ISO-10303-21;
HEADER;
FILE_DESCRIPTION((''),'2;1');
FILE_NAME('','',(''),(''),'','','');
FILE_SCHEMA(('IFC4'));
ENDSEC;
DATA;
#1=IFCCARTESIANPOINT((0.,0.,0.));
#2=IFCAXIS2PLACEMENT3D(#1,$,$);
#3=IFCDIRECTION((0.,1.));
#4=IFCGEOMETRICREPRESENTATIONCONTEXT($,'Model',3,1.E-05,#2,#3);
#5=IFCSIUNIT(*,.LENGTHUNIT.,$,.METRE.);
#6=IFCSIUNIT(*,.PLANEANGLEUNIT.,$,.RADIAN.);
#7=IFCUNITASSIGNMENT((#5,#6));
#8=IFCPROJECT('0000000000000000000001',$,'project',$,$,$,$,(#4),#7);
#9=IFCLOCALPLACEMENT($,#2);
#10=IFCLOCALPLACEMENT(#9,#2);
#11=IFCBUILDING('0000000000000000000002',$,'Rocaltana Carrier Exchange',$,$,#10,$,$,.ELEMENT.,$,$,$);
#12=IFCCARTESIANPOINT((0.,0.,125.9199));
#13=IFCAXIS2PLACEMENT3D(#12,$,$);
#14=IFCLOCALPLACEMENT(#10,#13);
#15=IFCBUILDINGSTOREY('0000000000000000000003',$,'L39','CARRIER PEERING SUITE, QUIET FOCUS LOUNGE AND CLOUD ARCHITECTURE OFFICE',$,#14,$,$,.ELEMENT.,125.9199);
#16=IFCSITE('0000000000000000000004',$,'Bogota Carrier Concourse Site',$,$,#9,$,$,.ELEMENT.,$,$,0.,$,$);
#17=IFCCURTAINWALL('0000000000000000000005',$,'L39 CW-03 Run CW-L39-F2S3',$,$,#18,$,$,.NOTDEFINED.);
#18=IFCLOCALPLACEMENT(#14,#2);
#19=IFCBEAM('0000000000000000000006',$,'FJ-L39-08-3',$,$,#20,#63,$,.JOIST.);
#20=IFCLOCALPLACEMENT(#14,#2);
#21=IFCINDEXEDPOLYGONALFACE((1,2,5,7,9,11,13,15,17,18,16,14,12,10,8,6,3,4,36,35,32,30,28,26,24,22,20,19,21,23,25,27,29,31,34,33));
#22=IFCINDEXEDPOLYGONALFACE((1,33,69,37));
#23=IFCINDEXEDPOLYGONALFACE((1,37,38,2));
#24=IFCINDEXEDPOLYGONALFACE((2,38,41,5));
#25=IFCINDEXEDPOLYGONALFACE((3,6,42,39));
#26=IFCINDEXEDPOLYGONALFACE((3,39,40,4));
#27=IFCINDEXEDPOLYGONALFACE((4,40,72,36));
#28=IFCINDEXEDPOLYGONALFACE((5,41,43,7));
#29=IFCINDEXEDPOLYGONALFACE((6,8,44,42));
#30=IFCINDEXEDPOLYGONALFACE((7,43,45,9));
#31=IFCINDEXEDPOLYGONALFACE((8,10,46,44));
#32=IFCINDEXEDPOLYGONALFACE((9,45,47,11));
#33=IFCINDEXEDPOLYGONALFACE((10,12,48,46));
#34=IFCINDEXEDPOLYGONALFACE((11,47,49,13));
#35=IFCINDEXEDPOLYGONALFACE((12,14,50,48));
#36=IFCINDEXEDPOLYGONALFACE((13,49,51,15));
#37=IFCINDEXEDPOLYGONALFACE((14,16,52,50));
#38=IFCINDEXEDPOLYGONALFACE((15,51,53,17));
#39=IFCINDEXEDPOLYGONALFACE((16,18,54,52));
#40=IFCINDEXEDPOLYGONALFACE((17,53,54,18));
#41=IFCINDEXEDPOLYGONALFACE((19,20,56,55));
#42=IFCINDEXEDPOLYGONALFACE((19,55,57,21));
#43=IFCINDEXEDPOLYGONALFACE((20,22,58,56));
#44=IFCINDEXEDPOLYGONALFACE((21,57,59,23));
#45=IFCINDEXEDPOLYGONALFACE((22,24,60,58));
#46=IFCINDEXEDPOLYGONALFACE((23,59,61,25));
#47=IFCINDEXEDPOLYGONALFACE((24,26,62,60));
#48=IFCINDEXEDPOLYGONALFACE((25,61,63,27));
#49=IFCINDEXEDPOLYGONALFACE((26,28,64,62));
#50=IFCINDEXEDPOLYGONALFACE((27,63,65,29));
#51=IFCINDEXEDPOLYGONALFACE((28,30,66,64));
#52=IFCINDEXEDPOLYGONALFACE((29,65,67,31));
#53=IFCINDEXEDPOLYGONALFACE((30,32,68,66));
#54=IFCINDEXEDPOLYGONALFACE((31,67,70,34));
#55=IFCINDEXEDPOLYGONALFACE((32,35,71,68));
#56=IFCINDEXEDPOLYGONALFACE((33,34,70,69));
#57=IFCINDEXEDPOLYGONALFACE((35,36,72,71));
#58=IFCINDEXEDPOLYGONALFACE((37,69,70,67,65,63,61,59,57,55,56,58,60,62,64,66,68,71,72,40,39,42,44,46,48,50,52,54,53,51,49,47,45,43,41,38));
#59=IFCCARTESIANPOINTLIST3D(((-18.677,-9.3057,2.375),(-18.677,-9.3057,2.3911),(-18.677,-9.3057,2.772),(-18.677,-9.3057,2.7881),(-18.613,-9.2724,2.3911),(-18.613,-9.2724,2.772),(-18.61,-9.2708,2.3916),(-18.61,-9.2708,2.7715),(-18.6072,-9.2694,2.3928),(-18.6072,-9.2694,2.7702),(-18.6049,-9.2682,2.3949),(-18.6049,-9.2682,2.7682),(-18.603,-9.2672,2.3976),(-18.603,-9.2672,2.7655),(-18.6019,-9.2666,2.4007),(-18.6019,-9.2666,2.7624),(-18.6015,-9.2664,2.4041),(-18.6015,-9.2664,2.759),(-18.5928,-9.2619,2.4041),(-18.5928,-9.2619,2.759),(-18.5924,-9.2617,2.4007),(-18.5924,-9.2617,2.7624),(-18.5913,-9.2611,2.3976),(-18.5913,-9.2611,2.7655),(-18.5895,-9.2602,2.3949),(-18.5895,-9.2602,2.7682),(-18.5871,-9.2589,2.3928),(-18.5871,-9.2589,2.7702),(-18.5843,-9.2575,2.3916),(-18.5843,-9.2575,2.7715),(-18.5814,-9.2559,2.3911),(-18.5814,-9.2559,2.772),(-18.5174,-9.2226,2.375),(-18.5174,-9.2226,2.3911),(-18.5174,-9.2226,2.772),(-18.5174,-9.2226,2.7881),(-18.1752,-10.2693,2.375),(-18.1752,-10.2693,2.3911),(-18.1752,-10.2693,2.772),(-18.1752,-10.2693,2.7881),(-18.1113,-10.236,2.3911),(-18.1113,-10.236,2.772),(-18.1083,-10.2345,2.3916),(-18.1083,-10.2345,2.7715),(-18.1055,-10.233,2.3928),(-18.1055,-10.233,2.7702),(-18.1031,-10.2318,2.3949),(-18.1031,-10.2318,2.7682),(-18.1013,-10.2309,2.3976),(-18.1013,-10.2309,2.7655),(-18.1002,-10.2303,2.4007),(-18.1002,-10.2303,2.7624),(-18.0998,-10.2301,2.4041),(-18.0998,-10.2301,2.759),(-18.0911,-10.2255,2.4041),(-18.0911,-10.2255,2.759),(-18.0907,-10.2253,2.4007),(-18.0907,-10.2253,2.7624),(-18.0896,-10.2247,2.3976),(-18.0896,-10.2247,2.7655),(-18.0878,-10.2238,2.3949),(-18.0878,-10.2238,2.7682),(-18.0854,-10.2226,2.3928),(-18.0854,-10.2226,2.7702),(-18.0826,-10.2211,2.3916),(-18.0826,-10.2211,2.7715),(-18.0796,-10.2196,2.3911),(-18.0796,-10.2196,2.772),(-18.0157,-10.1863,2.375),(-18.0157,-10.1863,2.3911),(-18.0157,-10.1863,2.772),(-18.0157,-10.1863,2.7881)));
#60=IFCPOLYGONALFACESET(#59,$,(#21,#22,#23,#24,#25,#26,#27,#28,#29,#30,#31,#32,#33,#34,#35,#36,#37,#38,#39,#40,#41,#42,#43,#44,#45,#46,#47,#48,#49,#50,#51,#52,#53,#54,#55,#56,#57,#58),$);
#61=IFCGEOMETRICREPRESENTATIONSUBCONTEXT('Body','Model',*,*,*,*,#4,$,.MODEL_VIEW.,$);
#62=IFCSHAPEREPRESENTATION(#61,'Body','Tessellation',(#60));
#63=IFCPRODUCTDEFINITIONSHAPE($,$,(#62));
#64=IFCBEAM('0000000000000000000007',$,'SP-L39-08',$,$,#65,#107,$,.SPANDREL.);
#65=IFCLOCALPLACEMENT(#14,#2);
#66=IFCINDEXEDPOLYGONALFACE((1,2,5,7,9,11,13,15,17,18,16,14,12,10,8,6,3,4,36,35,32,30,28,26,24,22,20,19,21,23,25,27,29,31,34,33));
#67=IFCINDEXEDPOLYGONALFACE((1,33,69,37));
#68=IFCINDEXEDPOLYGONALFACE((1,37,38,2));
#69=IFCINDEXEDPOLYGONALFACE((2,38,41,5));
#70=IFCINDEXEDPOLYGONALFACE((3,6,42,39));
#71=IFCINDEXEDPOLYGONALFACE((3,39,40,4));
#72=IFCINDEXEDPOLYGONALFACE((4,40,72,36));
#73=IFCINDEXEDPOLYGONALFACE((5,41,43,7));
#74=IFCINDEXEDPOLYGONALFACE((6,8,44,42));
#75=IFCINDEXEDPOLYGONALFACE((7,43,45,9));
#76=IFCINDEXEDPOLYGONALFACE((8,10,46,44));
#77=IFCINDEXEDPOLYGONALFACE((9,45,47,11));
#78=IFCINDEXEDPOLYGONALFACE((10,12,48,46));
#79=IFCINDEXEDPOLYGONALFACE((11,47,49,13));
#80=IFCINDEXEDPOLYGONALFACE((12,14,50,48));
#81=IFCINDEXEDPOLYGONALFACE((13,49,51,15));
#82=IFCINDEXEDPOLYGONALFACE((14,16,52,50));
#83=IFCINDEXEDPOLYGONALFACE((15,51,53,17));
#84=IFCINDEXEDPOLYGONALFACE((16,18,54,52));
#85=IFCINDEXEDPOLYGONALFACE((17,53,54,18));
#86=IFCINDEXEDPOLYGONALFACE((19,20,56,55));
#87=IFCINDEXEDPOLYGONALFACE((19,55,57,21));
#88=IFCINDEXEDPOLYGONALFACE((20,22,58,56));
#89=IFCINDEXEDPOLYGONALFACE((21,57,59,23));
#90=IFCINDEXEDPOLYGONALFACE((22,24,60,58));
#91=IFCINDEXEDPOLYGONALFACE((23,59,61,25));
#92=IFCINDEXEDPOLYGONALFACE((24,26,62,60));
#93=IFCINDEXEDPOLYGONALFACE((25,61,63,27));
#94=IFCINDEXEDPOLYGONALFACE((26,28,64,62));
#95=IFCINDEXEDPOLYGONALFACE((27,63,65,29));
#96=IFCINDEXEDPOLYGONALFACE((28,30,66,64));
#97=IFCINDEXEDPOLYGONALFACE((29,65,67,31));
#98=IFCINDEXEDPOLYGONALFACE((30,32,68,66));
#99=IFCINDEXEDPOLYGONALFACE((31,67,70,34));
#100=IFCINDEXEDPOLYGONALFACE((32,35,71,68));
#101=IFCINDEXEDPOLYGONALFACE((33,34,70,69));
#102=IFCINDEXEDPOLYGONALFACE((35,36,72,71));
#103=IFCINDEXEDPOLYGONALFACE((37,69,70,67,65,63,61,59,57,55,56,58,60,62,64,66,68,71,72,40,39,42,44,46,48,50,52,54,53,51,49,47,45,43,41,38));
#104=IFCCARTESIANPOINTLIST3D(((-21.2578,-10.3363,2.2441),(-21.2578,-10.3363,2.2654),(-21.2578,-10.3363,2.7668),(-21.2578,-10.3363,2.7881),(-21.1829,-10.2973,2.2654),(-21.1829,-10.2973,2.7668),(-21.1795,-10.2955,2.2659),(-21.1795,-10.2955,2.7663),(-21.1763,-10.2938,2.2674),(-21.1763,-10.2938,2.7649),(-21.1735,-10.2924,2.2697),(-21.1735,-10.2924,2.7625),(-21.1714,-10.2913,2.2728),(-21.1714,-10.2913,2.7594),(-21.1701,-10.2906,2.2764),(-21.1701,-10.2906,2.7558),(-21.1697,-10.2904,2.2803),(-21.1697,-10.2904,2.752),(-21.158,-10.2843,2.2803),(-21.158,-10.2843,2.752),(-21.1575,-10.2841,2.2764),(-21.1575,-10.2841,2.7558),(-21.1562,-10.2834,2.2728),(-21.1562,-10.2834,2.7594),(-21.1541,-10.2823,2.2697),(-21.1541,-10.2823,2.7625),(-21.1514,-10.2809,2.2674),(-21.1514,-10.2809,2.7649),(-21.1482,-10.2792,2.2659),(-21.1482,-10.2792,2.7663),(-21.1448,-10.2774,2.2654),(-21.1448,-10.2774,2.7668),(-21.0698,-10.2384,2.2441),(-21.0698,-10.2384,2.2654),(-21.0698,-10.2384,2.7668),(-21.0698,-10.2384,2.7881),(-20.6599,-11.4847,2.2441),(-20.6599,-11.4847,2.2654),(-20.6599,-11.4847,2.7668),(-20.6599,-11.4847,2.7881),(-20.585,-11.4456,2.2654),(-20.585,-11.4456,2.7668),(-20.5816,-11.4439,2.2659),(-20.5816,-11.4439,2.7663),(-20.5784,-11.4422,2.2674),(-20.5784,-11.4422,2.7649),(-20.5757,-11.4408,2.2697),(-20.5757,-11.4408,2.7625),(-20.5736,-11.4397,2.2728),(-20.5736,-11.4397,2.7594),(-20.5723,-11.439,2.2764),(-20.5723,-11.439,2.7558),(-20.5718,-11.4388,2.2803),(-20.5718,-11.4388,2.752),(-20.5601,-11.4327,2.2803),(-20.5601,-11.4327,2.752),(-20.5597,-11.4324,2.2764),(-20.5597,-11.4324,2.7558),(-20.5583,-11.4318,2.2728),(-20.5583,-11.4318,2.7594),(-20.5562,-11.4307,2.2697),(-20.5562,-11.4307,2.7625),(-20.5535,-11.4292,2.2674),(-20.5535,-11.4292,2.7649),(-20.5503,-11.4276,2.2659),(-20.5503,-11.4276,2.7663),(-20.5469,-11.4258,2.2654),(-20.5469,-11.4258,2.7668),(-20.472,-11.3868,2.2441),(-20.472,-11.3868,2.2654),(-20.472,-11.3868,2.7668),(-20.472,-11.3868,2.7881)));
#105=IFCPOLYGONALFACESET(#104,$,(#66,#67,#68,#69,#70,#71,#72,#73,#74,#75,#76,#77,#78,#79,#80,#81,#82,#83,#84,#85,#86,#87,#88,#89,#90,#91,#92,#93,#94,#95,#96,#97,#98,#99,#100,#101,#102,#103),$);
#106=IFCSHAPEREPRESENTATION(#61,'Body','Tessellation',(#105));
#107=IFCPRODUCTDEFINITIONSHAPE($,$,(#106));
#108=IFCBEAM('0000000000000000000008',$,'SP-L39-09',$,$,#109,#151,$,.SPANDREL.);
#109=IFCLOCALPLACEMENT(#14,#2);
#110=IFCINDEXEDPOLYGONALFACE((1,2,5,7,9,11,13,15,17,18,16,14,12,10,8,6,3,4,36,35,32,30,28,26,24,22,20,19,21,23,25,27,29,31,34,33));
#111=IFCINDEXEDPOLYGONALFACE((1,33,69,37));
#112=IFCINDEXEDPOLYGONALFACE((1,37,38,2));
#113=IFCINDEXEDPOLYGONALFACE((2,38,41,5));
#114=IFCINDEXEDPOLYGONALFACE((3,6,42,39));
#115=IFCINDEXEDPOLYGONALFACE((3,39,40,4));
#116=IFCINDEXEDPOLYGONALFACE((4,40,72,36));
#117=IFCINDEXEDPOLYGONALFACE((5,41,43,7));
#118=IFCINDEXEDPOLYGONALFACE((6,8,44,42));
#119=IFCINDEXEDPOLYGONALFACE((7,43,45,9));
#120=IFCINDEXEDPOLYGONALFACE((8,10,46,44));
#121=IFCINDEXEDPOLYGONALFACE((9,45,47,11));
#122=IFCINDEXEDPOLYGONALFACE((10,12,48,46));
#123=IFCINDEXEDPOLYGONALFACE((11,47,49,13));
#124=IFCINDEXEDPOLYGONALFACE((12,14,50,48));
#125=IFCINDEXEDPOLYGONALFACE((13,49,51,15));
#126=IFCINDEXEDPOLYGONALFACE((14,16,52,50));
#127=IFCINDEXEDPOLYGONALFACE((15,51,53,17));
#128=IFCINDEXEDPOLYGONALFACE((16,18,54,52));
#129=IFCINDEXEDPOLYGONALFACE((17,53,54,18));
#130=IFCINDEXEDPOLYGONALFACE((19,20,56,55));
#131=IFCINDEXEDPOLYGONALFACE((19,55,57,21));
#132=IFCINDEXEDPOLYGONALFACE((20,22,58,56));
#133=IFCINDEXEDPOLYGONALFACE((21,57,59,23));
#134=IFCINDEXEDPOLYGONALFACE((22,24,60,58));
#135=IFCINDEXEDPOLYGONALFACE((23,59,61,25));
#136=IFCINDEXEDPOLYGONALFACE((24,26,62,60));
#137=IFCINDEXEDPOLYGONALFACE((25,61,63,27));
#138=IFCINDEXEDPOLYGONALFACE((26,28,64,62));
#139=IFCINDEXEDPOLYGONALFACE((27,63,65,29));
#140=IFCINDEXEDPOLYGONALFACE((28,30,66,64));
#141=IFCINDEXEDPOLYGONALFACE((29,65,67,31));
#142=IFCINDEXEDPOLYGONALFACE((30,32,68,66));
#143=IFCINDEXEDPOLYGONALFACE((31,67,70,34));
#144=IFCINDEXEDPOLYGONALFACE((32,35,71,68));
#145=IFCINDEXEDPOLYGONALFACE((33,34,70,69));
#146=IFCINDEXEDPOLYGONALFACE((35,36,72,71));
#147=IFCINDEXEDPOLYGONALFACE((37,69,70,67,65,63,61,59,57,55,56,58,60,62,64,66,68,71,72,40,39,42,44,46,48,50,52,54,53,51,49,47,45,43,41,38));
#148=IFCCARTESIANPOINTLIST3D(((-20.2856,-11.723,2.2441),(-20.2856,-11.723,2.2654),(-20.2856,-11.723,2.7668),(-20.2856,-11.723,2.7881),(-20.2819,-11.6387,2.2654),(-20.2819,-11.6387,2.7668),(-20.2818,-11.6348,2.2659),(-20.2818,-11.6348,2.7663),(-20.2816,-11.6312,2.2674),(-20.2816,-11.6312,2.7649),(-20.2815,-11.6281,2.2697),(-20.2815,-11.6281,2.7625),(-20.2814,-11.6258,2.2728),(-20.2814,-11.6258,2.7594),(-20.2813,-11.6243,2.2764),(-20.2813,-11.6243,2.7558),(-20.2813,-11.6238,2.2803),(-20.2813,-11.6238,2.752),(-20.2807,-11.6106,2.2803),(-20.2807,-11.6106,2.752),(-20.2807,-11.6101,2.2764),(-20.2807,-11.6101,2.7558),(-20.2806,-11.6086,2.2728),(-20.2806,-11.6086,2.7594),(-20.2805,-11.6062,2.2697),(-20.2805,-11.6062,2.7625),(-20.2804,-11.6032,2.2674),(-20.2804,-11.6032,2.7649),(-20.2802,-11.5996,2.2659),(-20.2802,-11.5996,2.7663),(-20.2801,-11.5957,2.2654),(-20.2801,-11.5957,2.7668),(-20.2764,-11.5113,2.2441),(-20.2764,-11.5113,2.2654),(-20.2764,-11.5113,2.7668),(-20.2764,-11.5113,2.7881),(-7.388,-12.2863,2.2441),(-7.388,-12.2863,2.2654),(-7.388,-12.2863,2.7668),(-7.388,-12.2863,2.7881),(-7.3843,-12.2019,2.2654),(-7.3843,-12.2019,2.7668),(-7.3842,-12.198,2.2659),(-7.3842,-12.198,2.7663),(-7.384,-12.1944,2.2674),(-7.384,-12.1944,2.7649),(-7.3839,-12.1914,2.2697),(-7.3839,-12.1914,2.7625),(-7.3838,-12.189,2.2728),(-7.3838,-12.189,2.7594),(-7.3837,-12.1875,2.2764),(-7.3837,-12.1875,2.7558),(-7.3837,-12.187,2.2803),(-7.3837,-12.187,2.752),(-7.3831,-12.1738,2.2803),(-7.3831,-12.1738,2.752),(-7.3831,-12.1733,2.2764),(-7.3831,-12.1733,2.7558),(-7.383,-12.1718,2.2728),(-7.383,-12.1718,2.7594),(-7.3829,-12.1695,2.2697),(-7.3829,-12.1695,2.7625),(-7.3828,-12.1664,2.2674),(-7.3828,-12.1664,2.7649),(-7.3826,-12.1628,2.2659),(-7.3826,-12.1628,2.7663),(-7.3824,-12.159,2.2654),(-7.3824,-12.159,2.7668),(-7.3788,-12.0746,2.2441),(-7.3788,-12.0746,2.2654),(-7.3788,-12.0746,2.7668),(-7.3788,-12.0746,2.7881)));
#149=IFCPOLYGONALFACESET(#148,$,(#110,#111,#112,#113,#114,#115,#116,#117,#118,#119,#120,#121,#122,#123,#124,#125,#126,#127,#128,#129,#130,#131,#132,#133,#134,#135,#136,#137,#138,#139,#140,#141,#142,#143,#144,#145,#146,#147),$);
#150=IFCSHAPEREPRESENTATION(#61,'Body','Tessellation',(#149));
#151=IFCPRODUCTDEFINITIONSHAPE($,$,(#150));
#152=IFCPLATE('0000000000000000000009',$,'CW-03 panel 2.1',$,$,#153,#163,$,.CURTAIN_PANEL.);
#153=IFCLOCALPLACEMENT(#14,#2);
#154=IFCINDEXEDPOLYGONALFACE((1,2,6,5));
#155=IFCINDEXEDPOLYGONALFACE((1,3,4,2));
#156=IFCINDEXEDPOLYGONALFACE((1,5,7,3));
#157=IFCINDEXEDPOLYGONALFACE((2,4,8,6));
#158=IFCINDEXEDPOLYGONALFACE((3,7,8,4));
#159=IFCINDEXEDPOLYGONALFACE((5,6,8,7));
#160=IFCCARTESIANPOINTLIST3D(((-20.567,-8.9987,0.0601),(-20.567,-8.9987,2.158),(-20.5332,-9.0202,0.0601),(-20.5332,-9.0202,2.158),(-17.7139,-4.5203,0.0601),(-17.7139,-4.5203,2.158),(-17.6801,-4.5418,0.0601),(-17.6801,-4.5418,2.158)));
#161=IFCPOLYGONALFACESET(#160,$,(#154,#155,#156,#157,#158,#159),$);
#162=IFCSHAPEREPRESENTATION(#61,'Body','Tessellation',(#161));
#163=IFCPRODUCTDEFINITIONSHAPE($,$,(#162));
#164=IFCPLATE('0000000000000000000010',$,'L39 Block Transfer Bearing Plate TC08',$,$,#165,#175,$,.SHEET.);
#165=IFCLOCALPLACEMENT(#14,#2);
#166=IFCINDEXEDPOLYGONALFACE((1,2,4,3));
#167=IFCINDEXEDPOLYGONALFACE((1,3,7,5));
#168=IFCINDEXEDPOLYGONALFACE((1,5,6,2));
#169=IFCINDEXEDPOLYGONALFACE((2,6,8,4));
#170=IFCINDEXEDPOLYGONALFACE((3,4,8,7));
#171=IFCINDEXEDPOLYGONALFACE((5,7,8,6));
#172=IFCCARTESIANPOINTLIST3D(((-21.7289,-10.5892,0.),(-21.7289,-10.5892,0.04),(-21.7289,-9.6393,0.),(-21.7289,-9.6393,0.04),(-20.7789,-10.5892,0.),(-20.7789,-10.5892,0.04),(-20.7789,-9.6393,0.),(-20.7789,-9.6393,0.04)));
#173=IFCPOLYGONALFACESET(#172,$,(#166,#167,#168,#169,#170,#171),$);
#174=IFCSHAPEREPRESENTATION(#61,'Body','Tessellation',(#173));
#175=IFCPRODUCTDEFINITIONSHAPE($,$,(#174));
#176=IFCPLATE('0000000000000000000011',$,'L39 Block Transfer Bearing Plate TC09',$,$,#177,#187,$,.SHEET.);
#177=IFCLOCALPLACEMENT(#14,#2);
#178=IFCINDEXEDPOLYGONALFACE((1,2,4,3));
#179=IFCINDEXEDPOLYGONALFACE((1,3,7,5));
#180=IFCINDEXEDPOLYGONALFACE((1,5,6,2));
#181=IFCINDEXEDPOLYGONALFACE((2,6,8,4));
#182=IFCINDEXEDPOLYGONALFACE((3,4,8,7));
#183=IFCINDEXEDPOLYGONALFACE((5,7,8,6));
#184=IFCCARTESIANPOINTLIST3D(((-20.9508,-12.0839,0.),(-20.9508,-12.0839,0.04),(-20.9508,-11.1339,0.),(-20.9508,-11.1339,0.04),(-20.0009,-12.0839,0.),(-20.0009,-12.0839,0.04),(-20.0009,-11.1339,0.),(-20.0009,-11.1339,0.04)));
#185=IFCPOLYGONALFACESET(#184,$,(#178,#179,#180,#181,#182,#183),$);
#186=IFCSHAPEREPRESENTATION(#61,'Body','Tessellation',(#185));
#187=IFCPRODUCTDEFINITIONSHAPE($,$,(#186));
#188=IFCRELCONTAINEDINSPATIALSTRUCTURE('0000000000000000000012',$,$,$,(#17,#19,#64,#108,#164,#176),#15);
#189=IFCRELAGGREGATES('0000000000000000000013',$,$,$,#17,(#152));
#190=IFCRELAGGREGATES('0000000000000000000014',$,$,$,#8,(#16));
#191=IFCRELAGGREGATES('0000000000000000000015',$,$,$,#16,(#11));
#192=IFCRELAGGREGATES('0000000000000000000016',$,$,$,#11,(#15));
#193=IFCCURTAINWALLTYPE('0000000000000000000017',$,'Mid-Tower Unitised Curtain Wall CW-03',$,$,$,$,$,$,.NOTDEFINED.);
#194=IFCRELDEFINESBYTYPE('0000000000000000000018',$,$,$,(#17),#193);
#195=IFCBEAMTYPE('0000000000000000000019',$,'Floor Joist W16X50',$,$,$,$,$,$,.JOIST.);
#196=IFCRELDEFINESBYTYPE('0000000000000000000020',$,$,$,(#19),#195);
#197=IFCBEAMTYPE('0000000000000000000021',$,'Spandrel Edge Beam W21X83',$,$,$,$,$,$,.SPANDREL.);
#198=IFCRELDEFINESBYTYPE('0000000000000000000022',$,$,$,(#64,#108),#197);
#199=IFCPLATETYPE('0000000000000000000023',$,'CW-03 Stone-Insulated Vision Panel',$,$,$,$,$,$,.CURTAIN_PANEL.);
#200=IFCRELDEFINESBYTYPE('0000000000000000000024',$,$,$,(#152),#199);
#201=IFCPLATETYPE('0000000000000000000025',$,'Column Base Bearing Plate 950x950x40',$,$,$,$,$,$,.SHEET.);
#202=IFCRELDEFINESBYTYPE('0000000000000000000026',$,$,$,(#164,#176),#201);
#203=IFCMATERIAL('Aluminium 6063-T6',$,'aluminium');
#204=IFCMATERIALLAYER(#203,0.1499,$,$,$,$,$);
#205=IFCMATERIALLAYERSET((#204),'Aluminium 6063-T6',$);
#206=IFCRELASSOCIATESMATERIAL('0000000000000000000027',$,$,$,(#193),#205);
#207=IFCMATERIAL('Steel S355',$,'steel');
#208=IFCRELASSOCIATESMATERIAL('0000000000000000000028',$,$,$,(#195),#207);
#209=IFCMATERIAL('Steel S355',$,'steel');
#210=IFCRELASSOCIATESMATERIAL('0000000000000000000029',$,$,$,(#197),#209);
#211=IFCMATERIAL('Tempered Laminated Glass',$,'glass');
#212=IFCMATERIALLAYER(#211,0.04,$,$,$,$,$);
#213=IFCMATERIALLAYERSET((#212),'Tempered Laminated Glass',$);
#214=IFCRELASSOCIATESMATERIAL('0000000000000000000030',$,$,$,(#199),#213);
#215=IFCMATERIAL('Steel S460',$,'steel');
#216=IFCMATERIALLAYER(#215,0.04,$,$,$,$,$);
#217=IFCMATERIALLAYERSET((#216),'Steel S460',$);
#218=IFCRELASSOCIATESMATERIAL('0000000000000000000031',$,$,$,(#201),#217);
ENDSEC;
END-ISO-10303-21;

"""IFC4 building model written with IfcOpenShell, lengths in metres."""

from ifc_helpers import new_model, si_unit, direction, frame, origin, origin_2d, place, context, subcontext, project, spatial, rectangle, i_section, extrude, material, layer, layer_set, material_profile, profile_set, type_object, element, aggregate, save


model = new_model("IFC4")

# Units and contexts
model_context = context("Model", 3, precision=1e-05, world=origin(), true_north=direction((0.0, 1.0)))
body_context = subcontext(model_context, "Body", "Model", "MODEL_VIEW")
ifc_project = project(units=[si_unit("LENGTHUNIT", "METRE"), si_unit("PLANEANGLEUNIT", "RADIAN")], contexts=[model_context])

# Site, building, storey
site_placement = place(None, origin())
site = spatial("IfcSite", under=ifc_project, at=site_placement, Name="Bogota Carrier Concourse Site", CompositionType="ELEMENT", RefElevation=0.0)
building_placement = place(site_placement, origin())
building = spatial("IfcBuilding", under=site, at=building_placement, Name="Rocaltana Carrier Exchange", CompositionType="ELEMENT")
storey_placement = place(building_placement, frame((0.0, 0.0, 125.9199)))
storey = spatial("IfcBuildingStorey", under=building, at=storey_placement, Name="L39", Description="CARRIER PEERING SUITE, QUIET FOCUS LOUNGE AND CLOUD ARCHITECTURE OFFICE", CompositionType="ELEMENT", Elevation=125.9199)

# Curtain wall
ifc_material_1 = material(Name="Aluminium 6063-T6", Category="aluminium")
ifc_layer_1 = layer(ifc_material_1, 0.1499)
ifc_layer_set_1 = layer_set([ifc_layer_1], Name="Aluminium 6063-T6")
curtain_wall_type = type_object("IfcCurtainWallType", Name="Mid-Tower Unitised Curtain Wall CW-03", PredefinedType="NOTDEFINED", material=ifc_layer_set_1)
curtain_wall_1_placement = place(storey_placement, origin())
curtain_wall_1 = element("IfcCurtainWall", 1, at=curtain_wall_1_placement, inside=storey, type_object=curtain_wall_type, Name="L39 CW-03 Run CW-L39-F2S3", PredefinedType="NOTDEFINED")

# Beams
ifc_material_2 = material(Name="Steel S355", Category="steel")
ifc_material_profile_1 = material_profile(ifc_material_2, i_section(OverallWidth=0.1799, OverallDepth=0.4131, WebThickness=0.0098, FlangeThickness=0.0161, FilletRadius=0.0129, at=origin_2d()), Name="W16X50")
ifc_profile_set_1 = profile_set([ifc_material_profile_1], Name="Steel S355")
beam_type_1 = type_object("IfcBeamType", Name="Floor Joist W16X50", PredefinedType="JOIST", material=ifc_profile_set_1)
beam_1_placement = place(storey_placement, frame((-18.5972, -9.2642, 2.5815), z_axis=(0.461806, -0.886981, 0.0), x_axis=(0.886981, 0.461806, 0.0)))
element("IfcBeam", 2, at=beam_1_placement, inside=storey, type_object=beam_type_1, Name="FJ-L39-08-3", PredefinedType="JOIST", context=body_context, shape_type="SweptSolid", body=[
    extrude(i_section(OverallWidth=0.1799, OverallDepth=0.4131, WebThickness=0.0098, FlangeThickness=0.0161, FilletRadius=0.0129, at=origin_2d()), origin(), (0.0, 0.0, 1.0), 1.0864),
])
ifc_material_3 = material(Name="Steel S355", Category="steel")
ifc_material_profile_2 = material_profile(ifc_material_3, i_section(OverallWidth=0.2119, OverallDepth=0.5439, WebThickness=0.0132, FlangeThickness=0.0212, FilletRadius=0.0149, at=origin_2d()), Name="W21X83")
ifc_profile_set_2 = profile_set([ifc_material_profile_2], Name="Steel S355")
beam_type_2 = type_object("IfcBeamType", Name="Spandrel Edge Beam W21X83", PredefinedType="SPANDREL", material=ifc_profile_set_2)
beam_2_placement = place(storey_placement, frame((-21.1638, -10.2874, 2.5161), z_axis=(0.461786, -0.886991, 0.0), x_axis=(0.886991, 0.461786, 0.0)))
element("IfcBeam", 3, at=beam_2_placement, inside=storey, type_object=beam_type_2, Name="SP-L39-08", PredefinedType="SPANDREL", context=body_context, shape_type="SweptSolid", body=[
    extrude(i_section(OverallWidth=0.2119, OverallDepth=0.5439, WebThickness=0.0132, FlangeThickness=0.0212, FilletRadius=0.0149, at=origin_2d()), origin(), (0.0, 0.0, 1.0), 1.2947),
])
beam_3_placement = place(storey_placement, frame((-20.281, -11.6172, 2.5161), z_axis=(0.999048, -0.043628, 0.0), x_axis=(0.043628, 0.999048, 0.0)))
element("IfcBeam", 4, at=beam_3_placement, inside=storey, type_object=beam_type_2, Name="SP-L39-09", PredefinedType="SPANDREL", context=body_context, shape_type="SweptSolid", body=[
    extrude(i_section(OverallWidth=0.2119, OverallDepth=0.5439, WebThickness=0.0132, FlangeThickness=0.0212, FilletRadius=0.0149, at=origin_2d()), origin(), (0.0, 0.0, 1.0), 12.9099),
])

# Plate
ifc_material_4 = material(Name="Tempered Laminated Glass", Category="glass")
ifc_layer_2 = layer(ifc_material_4, 0.04)
ifc_layer_set_2 = layer_set([ifc_layer_2], Name="Tempered Laminated Glass")
plate_type_1 = type_object("IfcPlateType", Name="CW-03 Stone-Insulated Vision Panel", PredefinedType="CURTAIN_PANEL", material=ifc_layer_set_2)
plate_placement = place(storey_placement, frame((-19.1235, -6.7703, 0.0601), z_axis=(0.0, 0.0, 1.0), x_axis=(-0.537301, -0.843391, 0.0)))
plate = element("IfcPlate", 5, at=plate_placement, type_object=plate_type_1, Name="CW-03 panel 2.1", PredefinedType="CURTAIN_PANEL", context=body_context, shape_type="SweptSolid", body=[
    extrude(rectangle(XDim=5.3101, YDim=0.04, at=origin_2d()), origin(), (0.0, 0.0, 1.0), 2.0979),
])
aggregate(curtain_wall_1, [plate])

# Plates
ifc_material_5 = material(Name="Steel S460", Category="steel")
ifc_layer_3 = layer(ifc_material_5, 0.04)
ifc_layer_set_3 = layer_set([ifc_layer_3], Name="Steel S460")
plate_type_2 = type_object("IfcPlateType", Name="Column Base Bearing Plate 950x950x40", PredefinedType="SHEET", material=ifc_layer_set_3)
for number, where, z_axis, x_axis, name in (
    (6, (-21.2539, -10.1143, 0.0), (0.0, 0.0, 1.0), (1.0, 0.0, 0.0), "L39 Block Transfer Bearing Plate TC08"),
    (7, (-20.4758, -11.6089, 0.0), (0.0, 0.0, 1.0), (1.0, 0.0, 0.0), "L39 Block Transfer Bearing Plate TC09"),
):
    element("IfcPlate", number, at=place(storey_placement, frame(where, z_axis=z_axis, x_axis=x_axis)), inside=storey, type_object=plate_type_2, Name=name, PredefinedType="SHEET", context=body_context, shape_type="SweptSolid", body=[
        extrude(rectangle(XDim=0.95, YDim=0.95, at=origin_2d()), origin(), (0.0, 0.0, 1.0), 0.04),
    ])

save(model, "model.ifc")
